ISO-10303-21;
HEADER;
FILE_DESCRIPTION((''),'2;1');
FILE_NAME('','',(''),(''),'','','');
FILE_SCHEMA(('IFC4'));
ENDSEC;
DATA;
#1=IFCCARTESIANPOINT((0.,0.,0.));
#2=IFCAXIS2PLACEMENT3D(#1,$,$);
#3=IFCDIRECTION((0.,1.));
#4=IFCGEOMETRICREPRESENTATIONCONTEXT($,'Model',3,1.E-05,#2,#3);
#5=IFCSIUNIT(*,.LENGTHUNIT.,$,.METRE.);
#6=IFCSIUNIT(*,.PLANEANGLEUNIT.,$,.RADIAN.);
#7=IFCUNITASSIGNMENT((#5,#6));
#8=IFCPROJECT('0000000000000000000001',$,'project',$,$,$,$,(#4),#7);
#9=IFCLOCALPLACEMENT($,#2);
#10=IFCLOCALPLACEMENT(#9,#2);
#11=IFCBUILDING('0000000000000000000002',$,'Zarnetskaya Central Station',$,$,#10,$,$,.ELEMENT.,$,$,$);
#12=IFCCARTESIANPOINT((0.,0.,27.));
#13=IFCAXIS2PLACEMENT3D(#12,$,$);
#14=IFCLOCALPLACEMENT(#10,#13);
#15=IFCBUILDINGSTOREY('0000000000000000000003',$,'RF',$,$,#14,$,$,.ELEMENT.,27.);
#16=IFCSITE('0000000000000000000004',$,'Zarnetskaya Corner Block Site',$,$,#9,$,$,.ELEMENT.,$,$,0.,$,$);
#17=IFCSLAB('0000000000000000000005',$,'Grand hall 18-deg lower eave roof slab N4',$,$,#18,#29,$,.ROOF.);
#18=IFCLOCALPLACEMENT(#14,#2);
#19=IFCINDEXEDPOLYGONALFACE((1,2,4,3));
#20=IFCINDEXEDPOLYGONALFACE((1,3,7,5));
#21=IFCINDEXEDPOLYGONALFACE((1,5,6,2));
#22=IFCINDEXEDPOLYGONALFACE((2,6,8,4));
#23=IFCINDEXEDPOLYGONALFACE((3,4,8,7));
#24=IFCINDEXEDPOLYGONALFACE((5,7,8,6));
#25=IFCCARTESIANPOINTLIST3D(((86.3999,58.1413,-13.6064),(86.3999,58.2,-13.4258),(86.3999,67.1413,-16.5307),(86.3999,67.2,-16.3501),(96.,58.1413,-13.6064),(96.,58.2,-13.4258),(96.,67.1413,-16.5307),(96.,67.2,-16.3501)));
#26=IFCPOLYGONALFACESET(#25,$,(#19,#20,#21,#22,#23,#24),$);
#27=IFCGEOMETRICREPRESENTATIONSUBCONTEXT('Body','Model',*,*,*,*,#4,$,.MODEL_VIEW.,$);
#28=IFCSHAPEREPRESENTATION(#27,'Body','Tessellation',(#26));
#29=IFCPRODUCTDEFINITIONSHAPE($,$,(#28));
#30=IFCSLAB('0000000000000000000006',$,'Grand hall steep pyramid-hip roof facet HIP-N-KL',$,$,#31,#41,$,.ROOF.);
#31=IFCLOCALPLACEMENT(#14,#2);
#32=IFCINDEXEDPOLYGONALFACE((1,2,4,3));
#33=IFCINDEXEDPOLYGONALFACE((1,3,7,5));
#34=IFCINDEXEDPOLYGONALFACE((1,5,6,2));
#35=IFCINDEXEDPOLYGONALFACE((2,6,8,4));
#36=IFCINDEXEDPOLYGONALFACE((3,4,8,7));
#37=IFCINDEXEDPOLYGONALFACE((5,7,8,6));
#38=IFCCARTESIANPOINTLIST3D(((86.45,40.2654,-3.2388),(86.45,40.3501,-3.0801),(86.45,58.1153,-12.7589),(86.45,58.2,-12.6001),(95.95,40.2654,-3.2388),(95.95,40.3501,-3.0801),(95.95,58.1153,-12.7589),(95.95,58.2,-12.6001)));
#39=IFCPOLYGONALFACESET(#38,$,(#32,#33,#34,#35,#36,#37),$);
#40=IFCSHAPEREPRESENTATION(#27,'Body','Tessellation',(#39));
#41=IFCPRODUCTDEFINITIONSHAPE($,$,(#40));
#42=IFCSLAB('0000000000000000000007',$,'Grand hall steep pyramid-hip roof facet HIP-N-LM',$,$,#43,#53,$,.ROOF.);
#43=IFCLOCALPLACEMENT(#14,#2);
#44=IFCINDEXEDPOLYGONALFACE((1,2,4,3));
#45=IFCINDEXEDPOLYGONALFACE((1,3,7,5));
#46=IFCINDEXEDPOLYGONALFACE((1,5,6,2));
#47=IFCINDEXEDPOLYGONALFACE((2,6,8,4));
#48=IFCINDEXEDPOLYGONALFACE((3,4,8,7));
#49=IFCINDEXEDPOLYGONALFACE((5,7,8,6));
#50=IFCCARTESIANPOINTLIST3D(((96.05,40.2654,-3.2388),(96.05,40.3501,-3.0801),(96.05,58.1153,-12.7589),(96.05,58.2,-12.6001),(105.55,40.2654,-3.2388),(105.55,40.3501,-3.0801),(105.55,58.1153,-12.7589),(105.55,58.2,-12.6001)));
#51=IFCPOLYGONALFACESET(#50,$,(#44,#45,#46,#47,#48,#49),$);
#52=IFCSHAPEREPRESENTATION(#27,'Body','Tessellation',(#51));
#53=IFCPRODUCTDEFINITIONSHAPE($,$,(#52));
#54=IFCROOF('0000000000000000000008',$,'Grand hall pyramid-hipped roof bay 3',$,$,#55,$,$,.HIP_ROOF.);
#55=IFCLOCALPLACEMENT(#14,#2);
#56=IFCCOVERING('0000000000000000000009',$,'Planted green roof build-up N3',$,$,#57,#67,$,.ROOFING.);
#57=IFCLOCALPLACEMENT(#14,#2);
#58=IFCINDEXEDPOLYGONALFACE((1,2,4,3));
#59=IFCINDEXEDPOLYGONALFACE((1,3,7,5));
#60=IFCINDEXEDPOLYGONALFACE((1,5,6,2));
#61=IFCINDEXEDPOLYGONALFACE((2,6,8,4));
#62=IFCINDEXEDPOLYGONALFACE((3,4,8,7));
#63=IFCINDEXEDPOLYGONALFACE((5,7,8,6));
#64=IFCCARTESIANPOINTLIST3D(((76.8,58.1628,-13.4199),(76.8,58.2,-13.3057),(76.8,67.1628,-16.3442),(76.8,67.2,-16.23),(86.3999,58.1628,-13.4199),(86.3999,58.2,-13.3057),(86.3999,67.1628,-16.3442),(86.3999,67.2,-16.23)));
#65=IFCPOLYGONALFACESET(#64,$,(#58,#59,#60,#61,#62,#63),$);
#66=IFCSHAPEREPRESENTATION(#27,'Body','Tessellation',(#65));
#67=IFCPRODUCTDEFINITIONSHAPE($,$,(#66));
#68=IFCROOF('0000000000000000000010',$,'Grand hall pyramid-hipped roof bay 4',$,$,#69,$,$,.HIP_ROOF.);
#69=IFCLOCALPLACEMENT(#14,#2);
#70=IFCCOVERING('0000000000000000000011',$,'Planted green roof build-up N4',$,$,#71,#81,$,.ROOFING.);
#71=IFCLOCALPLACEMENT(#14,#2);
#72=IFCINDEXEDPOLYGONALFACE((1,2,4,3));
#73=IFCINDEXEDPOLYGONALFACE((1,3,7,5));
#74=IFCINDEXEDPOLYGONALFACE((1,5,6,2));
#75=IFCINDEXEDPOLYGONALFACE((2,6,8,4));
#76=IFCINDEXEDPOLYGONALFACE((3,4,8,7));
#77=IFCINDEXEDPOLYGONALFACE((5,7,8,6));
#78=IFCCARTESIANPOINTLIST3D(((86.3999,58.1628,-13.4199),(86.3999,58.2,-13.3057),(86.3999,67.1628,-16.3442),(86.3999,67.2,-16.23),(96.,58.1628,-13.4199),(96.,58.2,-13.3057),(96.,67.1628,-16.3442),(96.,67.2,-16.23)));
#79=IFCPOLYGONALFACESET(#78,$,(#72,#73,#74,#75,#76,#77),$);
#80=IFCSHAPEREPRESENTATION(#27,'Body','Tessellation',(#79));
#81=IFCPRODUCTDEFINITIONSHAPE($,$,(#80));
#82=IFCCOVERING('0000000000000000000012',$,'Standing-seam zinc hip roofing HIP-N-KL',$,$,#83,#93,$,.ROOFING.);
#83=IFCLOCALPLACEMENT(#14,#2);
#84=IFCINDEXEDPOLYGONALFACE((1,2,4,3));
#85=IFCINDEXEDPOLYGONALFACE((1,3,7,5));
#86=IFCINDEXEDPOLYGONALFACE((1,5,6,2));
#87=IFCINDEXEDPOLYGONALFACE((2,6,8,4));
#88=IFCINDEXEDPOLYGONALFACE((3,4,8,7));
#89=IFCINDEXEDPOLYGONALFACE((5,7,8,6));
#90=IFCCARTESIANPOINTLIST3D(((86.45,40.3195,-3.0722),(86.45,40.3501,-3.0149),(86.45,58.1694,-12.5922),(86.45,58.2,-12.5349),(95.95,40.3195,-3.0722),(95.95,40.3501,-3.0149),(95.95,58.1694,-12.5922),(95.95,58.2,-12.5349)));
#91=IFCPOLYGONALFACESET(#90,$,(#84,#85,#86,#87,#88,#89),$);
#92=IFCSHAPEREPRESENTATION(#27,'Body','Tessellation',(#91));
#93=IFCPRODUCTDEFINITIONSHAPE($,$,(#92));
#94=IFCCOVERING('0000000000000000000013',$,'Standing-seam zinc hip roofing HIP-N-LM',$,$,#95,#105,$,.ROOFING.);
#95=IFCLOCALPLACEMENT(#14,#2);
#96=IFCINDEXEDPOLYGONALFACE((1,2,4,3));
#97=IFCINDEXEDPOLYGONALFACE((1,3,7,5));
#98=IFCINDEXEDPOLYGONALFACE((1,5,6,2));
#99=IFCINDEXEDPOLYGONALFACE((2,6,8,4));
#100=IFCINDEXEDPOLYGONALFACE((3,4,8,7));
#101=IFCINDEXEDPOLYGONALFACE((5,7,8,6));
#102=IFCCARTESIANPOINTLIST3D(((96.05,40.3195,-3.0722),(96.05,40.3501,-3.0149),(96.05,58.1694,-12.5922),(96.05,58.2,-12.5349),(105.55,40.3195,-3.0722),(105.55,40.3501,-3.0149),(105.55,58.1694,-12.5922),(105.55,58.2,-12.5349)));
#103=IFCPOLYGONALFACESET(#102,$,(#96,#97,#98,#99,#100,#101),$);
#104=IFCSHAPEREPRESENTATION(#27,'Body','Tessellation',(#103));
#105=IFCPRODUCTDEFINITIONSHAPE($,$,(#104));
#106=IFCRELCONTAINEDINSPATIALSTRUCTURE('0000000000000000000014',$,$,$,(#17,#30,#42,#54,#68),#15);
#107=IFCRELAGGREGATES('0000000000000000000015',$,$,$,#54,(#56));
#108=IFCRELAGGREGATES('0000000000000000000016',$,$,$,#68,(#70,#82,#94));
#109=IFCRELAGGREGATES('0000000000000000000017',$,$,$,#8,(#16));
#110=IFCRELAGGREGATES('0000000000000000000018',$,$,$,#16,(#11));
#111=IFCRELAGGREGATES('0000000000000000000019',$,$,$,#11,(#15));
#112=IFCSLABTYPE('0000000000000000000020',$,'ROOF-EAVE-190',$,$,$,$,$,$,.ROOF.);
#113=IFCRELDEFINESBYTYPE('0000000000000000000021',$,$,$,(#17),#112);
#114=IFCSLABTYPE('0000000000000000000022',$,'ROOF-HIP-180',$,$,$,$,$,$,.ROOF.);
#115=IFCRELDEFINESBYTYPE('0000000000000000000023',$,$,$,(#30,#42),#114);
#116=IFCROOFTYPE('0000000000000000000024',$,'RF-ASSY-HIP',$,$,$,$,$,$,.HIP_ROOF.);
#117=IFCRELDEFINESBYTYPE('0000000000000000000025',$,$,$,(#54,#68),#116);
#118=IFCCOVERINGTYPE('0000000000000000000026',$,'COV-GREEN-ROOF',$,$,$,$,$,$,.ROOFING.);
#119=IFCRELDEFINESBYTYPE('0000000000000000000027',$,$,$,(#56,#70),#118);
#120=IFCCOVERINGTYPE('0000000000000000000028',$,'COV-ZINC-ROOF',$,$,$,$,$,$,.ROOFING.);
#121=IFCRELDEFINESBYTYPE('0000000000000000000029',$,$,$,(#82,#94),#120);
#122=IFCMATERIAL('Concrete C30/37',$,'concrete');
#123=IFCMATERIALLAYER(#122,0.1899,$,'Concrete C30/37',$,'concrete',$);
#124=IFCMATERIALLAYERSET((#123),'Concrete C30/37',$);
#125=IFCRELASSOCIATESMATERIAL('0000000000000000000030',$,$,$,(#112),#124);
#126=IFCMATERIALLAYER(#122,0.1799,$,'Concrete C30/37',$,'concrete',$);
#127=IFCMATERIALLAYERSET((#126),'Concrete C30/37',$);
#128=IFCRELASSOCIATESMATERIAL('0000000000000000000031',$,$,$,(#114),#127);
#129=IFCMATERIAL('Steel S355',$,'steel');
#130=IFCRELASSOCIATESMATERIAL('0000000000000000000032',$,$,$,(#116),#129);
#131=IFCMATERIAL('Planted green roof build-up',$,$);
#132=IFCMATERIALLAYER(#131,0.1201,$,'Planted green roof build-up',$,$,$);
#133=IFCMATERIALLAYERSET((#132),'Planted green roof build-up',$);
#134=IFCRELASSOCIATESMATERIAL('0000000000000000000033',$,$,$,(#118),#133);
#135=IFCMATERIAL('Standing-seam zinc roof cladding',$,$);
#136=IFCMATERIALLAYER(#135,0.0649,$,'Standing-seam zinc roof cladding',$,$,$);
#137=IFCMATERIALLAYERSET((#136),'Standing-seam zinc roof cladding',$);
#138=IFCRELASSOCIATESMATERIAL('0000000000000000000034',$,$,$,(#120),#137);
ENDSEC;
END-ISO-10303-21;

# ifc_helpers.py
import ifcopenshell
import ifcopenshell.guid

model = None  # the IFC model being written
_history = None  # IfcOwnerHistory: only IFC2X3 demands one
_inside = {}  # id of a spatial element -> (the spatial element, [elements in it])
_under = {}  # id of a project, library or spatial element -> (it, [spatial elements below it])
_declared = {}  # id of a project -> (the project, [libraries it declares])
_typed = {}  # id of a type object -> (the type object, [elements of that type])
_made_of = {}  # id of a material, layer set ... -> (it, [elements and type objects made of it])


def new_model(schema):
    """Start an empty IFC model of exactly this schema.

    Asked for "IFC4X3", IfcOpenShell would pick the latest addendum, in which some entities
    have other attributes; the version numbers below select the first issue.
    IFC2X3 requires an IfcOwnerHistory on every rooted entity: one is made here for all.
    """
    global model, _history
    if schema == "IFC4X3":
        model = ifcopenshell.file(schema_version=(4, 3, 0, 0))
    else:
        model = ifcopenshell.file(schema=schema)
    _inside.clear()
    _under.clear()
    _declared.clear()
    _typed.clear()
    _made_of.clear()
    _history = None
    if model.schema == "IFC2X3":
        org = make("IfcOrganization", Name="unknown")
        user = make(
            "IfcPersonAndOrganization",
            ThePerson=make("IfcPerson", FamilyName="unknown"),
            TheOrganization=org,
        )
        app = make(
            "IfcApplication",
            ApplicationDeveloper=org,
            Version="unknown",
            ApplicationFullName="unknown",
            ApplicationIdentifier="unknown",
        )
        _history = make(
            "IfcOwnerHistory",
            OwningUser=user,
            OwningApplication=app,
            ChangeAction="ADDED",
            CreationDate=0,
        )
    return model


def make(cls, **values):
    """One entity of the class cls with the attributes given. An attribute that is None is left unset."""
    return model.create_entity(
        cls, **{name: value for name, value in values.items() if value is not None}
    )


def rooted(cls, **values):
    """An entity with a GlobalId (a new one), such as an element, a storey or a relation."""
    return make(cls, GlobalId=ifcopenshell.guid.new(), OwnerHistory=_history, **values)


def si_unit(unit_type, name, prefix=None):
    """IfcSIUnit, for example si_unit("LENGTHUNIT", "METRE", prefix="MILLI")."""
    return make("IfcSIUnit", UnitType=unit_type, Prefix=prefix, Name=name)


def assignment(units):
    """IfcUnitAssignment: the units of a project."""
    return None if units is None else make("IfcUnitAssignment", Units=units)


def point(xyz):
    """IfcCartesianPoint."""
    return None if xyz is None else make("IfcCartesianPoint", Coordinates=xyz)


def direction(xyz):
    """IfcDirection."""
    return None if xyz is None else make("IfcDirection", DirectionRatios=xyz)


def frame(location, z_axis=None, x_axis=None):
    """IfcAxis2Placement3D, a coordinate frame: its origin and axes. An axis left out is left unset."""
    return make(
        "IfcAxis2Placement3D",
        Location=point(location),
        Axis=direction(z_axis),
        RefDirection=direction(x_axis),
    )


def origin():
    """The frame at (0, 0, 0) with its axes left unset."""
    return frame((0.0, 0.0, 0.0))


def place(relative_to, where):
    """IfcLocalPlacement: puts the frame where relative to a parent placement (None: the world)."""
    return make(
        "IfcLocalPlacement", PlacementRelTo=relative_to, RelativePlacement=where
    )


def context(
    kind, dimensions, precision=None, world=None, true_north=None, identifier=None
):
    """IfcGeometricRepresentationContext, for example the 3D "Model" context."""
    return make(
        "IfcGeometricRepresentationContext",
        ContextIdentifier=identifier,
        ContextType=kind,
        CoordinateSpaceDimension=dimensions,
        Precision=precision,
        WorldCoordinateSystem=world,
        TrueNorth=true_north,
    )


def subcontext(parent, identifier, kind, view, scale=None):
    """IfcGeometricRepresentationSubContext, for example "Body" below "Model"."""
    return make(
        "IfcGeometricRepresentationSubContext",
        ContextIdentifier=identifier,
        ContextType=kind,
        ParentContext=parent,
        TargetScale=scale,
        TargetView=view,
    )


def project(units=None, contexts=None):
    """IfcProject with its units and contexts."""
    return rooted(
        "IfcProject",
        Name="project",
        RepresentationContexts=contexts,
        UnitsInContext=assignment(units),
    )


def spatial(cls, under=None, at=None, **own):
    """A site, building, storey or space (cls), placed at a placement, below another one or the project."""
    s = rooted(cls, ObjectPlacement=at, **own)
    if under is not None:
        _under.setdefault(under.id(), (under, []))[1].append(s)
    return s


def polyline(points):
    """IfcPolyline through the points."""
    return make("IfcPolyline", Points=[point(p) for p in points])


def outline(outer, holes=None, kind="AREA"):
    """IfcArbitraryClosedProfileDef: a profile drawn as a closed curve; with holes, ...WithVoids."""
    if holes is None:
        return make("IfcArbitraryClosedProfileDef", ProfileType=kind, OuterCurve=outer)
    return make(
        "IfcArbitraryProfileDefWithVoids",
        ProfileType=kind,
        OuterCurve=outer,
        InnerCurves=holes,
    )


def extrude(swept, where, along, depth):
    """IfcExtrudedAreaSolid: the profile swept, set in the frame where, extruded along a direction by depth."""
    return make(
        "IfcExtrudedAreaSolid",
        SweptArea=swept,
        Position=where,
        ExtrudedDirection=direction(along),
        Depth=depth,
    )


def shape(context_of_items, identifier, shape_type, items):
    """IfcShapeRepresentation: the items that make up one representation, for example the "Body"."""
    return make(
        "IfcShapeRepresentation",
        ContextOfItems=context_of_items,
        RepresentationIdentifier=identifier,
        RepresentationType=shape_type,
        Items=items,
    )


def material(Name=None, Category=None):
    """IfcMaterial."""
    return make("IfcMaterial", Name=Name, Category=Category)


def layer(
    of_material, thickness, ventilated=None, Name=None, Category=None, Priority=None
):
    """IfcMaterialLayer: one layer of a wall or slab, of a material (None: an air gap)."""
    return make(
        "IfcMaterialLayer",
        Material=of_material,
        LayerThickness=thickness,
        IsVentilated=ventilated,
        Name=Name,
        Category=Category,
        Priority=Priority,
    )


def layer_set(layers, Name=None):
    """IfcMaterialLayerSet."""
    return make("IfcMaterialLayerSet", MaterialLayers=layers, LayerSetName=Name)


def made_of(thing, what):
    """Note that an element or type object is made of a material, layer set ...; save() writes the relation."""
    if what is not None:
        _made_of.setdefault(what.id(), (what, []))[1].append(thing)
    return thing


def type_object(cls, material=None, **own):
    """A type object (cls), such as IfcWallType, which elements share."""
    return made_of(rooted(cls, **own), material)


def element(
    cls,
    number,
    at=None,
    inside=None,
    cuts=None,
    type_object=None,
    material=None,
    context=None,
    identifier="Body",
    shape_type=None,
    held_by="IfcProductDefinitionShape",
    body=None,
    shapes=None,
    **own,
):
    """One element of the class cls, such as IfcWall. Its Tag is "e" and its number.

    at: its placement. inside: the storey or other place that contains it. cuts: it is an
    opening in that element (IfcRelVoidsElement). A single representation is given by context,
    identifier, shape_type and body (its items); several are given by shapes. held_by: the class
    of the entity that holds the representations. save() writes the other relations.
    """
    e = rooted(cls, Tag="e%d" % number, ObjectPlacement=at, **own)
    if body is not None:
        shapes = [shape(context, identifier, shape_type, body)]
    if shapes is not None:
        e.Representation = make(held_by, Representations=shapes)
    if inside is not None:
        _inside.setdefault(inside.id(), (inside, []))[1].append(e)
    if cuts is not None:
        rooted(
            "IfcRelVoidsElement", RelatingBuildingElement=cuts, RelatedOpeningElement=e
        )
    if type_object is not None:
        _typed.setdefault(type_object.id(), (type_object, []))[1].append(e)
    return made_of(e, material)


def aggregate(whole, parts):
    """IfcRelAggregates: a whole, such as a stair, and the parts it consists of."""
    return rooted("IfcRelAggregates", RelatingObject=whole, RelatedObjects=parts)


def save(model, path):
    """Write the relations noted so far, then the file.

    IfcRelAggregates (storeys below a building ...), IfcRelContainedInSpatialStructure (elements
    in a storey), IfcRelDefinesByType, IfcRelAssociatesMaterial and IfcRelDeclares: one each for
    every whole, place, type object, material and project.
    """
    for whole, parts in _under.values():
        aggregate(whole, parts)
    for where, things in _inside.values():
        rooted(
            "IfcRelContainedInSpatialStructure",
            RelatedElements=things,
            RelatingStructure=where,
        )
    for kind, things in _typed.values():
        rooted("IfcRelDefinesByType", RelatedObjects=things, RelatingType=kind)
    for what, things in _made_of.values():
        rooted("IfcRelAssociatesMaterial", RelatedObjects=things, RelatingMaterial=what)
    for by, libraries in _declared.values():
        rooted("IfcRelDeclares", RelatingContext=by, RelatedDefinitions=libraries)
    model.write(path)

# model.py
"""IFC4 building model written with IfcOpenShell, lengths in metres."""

from ifc_helpers import new_model, si_unit, direction, frame, origin, place, context, subcontext, project, spatial, polyline, outline, extrude, material, layer, layer_set, type_object, element, aggregate, save


model = new_model("IFC4")

# Units and contexts
model_context = context("Model", 3, precision=1e-05, world=origin(), true_north=direction((0.0, 1.0)))
body_context = subcontext(model_context, "Body", "Model", "MODEL_VIEW")
ifc_project = project(units=[si_unit("LENGTHUNIT", "METRE"), si_unit("PLANEANGLEUNIT", "RADIAN")], contexts=[model_context])

# Site, building, storey
site_placement = place(None, origin())
site = spatial("IfcSite", under=ifc_project, at=site_placement, Name="Zarnetskaya Corner Block Site", CompositionType="ELEMENT", RefElevation=0.0)
building_placement = place(site_placement, origin())
building = spatial("IfcBuilding", under=site, at=building_placement, Name="Zarnetskaya Central Station", CompositionType="ELEMENT")
storey_placement = place(building_placement, frame((0.0, 0.0, 27.0)))
storey = spatial("IfcBuildingStorey", under=building, at=storey_placement, Name="RF", CompositionType="ELEMENT", Elevation=27.0)

# Shared definitions
ifc_material_1 = material(Name="Steel S355", Category="steel")

# Slabs
ifc_material_2 = material(Name="Concrete C30/37", Category="concrete")
ifc_layer_1 = layer(ifc_material_2, 0.1899, Name="Concrete C30/37", Category="concrete")
ifc_layer_set_1 = layer_set([ifc_layer_1], Name="Concrete C30/37")
slab_type_1 = type_object("IfcSlabType", Name="ROOF-EAVE-190", PredefinedType="ROOF", material=ifc_layer_set_1)
slab_placement = place(storey_placement, frame((96.0, 67.2, -16.3501), z_axis=(0.0, 0.309021, 0.951055), x_axis=(-1.0, 0.0, 0.0)))
element("IfcSlab", 1, at=slab_placement, inside=storey, type_object=slab_type_1, Name="Grand hall 18-deg lower eave roof slab N4", PredefinedType="ROOF", context=body_context, shape_type="SweptSolid", body=[
    extrude(outline(polyline([(0.0, 0.0), (9.6001, 0.0), (9.6001, 9.4632), (0.0, 9.4632), (0.0, 0.0)])), origin(), (0.0, 0.0, -1.0), 0.1899),
])
ifc_layer_2 = layer(ifc_material_2, 0.1799, Name="Concrete C30/37", Category="concrete")
ifc_layer_set_2 = layer_set([ifc_layer_2], Name="Concrete C30/37")
slab_type_2 = type_object("IfcSlabType", Name="ROOF-HIP-180", PredefinedType="ROOF", material=ifc_layer_set_2)
for number, where, z_axis, x_axis, name in (
    (2, (95.95, 58.2, -12.6001), (0.0, 0.470592, 0.882351), (-1.0, 0.0, 0.0), "Grand hall steep pyramid-hip roof facet HIP-N-KL"),
    (3, (105.55, 58.2, -12.6001), (0.0, 0.470592, 0.882351), (-1.0, 0.0, 0.0), "Grand hall steep pyramid-hip roof facet HIP-N-LM"),
):
    element("IfcSlab", number, at=place(storey_placement, frame(where, z_axis=z_axis, x_axis=x_axis)), inside=storey, type_object=slab_type_2, Name=name, PredefinedType="ROOF", context=body_context, shape_type="SweptSolid", body=[
        extrude(outline(polyline([(0.0, 0.0), (9.5, 0.0), (9.5, 20.2299), (0.0, 20.2299), (0.0, 0.0)])), origin(), (0.0, 0.0, -1.0), 0.1799),
    ])

# Roof, covering
roof_type = type_object("IfcRoofType", Name="RF-ASSY-HIP", PredefinedType="HIP_ROOF", material=ifc_material_1)
roof_1_placement = place(storey_placement, origin())
roof_1 = element("IfcRoof", 4, at=roof_1_placement, inside=storey, type_object=roof_type, Name="Grand hall pyramid-hipped roof bay 3", PredefinedType="HIP_ROOF")
ifc_material_3 = material(Name="Planted green roof build-up")
ifc_layer_3 = layer(ifc_material_3, 0.1201, Name="Planted green roof build-up")
ifc_layer_set_3 = layer_set([ifc_layer_3], Name="Planted green roof build-up")
covering_type_1 = type_object("IfcCoveringType", Name="COV-GREEN-ROOF", PredefinedType="ROOFING", material=ifc_layer_set_3)
covering_1_placement = place(storey_placement, frame((86.3999, 67.2, -16.23), z_axis=(0.0, 0.309021, 0.951055), x_axis=(-1.0, 0.0, 0.0)))
covering_1 = element("IfcCovering", 5, at=covering_1_placement, type_object=covering_type_1, Name="Planted green roof build-up N3", PredefinedType="ROOFING", context=body_context, shape_type="SweptSolid", body=[
    extrude(outline(polyline([(0.0, 0.0), (9.5999, 0.0), (9.5999, 9.4632), (0.0, 9.4632), (0.0, 0.0)])), origin(), (0.0, 0.0, -1.0), 0.1201),
])
aggregate(roof_1, [covering_1])

# Roof, coverings
roof_2_placement = place(storey_placement, origin())
roof_2 = element("IfcRoof", 6, at=roof_2_placement, inside=storey, type_object=roof_type, Name="Grand hall pyramid-hipped roof bay 4", PredefinedType="HIP_ROOF")
covering_2_placement = place(storey_placement, frame((96.0, 67.2, -16.23), z_axis=(0.0, 0.309021, 0.951055), x_axis=(-1.0, 0.0, 0.0)))
covering_2 = element("IfcCovering", 7, at=covering_2_placement, type_object=covering_type_1, Name="Planted green roof build-up N4", PredefinedType="ROOFING", context=body_context, shape_type="SweptSolid", body=[
    extrude(outline(polyline([(0.0, 0.0), (9.6001, 0.0), (9.6001, 9.4632), (0.0, 9.4632), (0.0, 0.0)])), origin(), (0.0, 0.0, -1.0), 0.1201),
])
ifc_material_4 = material(Name="Standing-seam zinc roof cladding")
ifc_layer_4 = layer(ifc_material_4, 0.0649, Name="Standing-seam zinc roof cladding")
ifc_layer_set_4 = layer_set([ifc_layer_4], Name="Standing-seam zinc roof cladding")
covering_type_2 = type_object("IfcCoveringType", Name="COV-ZINC-ROOF", PredefinedType="ROOFING", material=ifc_layer_set_4)
covering_3_placement = place(storey_placement, frame((95.95, 58.2, -12.5349), z_axis=(0.0, 0.470592, 0.882351), x_axis=(-1.0, 0.0, 0.0)))
covering_3 = element("IfcCovering", 8, at=covering_3_placement, type_object=covering_type_2, Name="Standing-seam zinc hip roofing HIP-N-KL", PredefinedType="ROOFING", context=body_context, shape_type="SweptSolid", body=[
    extrude(outline(polyline([(0.0, 0.0), (9.5, 0.0), (9.5, 20.2299), (0.0, 20.2299), (0.0, 0.0)])), origin(), (0.0, 0.0, -1.0), 0.0649),
])
covering_4_placement = place(storey_placement, frame((105.55, 58.2, -12.5349), z_axis=(0.0, 0.470592, 0.882351), x_axis=(-1.0, 0.0, 0.0)))
covering_4 = element("IfcCovering", 9, at=covering_4_placement, type_object=covering_type_2, Name="Standing-seam zinc hip roofing HIP-N-LM", PredefinedType="ROOFING", context=body_context, shape_type="SweptSolid", body=[
    extrude(outline(polyline([(0.0, 0.0), (9.5, 0.0), (9.5, 20.2299), (0.0, 20.2299), (0.0, 0.0)])), origin(), (0.0, 0.0, -1.0), 0.0649),
])
aggregate(roof_2, [covering_2, covering_3, covering_4])

save(model, "model.ifc")
